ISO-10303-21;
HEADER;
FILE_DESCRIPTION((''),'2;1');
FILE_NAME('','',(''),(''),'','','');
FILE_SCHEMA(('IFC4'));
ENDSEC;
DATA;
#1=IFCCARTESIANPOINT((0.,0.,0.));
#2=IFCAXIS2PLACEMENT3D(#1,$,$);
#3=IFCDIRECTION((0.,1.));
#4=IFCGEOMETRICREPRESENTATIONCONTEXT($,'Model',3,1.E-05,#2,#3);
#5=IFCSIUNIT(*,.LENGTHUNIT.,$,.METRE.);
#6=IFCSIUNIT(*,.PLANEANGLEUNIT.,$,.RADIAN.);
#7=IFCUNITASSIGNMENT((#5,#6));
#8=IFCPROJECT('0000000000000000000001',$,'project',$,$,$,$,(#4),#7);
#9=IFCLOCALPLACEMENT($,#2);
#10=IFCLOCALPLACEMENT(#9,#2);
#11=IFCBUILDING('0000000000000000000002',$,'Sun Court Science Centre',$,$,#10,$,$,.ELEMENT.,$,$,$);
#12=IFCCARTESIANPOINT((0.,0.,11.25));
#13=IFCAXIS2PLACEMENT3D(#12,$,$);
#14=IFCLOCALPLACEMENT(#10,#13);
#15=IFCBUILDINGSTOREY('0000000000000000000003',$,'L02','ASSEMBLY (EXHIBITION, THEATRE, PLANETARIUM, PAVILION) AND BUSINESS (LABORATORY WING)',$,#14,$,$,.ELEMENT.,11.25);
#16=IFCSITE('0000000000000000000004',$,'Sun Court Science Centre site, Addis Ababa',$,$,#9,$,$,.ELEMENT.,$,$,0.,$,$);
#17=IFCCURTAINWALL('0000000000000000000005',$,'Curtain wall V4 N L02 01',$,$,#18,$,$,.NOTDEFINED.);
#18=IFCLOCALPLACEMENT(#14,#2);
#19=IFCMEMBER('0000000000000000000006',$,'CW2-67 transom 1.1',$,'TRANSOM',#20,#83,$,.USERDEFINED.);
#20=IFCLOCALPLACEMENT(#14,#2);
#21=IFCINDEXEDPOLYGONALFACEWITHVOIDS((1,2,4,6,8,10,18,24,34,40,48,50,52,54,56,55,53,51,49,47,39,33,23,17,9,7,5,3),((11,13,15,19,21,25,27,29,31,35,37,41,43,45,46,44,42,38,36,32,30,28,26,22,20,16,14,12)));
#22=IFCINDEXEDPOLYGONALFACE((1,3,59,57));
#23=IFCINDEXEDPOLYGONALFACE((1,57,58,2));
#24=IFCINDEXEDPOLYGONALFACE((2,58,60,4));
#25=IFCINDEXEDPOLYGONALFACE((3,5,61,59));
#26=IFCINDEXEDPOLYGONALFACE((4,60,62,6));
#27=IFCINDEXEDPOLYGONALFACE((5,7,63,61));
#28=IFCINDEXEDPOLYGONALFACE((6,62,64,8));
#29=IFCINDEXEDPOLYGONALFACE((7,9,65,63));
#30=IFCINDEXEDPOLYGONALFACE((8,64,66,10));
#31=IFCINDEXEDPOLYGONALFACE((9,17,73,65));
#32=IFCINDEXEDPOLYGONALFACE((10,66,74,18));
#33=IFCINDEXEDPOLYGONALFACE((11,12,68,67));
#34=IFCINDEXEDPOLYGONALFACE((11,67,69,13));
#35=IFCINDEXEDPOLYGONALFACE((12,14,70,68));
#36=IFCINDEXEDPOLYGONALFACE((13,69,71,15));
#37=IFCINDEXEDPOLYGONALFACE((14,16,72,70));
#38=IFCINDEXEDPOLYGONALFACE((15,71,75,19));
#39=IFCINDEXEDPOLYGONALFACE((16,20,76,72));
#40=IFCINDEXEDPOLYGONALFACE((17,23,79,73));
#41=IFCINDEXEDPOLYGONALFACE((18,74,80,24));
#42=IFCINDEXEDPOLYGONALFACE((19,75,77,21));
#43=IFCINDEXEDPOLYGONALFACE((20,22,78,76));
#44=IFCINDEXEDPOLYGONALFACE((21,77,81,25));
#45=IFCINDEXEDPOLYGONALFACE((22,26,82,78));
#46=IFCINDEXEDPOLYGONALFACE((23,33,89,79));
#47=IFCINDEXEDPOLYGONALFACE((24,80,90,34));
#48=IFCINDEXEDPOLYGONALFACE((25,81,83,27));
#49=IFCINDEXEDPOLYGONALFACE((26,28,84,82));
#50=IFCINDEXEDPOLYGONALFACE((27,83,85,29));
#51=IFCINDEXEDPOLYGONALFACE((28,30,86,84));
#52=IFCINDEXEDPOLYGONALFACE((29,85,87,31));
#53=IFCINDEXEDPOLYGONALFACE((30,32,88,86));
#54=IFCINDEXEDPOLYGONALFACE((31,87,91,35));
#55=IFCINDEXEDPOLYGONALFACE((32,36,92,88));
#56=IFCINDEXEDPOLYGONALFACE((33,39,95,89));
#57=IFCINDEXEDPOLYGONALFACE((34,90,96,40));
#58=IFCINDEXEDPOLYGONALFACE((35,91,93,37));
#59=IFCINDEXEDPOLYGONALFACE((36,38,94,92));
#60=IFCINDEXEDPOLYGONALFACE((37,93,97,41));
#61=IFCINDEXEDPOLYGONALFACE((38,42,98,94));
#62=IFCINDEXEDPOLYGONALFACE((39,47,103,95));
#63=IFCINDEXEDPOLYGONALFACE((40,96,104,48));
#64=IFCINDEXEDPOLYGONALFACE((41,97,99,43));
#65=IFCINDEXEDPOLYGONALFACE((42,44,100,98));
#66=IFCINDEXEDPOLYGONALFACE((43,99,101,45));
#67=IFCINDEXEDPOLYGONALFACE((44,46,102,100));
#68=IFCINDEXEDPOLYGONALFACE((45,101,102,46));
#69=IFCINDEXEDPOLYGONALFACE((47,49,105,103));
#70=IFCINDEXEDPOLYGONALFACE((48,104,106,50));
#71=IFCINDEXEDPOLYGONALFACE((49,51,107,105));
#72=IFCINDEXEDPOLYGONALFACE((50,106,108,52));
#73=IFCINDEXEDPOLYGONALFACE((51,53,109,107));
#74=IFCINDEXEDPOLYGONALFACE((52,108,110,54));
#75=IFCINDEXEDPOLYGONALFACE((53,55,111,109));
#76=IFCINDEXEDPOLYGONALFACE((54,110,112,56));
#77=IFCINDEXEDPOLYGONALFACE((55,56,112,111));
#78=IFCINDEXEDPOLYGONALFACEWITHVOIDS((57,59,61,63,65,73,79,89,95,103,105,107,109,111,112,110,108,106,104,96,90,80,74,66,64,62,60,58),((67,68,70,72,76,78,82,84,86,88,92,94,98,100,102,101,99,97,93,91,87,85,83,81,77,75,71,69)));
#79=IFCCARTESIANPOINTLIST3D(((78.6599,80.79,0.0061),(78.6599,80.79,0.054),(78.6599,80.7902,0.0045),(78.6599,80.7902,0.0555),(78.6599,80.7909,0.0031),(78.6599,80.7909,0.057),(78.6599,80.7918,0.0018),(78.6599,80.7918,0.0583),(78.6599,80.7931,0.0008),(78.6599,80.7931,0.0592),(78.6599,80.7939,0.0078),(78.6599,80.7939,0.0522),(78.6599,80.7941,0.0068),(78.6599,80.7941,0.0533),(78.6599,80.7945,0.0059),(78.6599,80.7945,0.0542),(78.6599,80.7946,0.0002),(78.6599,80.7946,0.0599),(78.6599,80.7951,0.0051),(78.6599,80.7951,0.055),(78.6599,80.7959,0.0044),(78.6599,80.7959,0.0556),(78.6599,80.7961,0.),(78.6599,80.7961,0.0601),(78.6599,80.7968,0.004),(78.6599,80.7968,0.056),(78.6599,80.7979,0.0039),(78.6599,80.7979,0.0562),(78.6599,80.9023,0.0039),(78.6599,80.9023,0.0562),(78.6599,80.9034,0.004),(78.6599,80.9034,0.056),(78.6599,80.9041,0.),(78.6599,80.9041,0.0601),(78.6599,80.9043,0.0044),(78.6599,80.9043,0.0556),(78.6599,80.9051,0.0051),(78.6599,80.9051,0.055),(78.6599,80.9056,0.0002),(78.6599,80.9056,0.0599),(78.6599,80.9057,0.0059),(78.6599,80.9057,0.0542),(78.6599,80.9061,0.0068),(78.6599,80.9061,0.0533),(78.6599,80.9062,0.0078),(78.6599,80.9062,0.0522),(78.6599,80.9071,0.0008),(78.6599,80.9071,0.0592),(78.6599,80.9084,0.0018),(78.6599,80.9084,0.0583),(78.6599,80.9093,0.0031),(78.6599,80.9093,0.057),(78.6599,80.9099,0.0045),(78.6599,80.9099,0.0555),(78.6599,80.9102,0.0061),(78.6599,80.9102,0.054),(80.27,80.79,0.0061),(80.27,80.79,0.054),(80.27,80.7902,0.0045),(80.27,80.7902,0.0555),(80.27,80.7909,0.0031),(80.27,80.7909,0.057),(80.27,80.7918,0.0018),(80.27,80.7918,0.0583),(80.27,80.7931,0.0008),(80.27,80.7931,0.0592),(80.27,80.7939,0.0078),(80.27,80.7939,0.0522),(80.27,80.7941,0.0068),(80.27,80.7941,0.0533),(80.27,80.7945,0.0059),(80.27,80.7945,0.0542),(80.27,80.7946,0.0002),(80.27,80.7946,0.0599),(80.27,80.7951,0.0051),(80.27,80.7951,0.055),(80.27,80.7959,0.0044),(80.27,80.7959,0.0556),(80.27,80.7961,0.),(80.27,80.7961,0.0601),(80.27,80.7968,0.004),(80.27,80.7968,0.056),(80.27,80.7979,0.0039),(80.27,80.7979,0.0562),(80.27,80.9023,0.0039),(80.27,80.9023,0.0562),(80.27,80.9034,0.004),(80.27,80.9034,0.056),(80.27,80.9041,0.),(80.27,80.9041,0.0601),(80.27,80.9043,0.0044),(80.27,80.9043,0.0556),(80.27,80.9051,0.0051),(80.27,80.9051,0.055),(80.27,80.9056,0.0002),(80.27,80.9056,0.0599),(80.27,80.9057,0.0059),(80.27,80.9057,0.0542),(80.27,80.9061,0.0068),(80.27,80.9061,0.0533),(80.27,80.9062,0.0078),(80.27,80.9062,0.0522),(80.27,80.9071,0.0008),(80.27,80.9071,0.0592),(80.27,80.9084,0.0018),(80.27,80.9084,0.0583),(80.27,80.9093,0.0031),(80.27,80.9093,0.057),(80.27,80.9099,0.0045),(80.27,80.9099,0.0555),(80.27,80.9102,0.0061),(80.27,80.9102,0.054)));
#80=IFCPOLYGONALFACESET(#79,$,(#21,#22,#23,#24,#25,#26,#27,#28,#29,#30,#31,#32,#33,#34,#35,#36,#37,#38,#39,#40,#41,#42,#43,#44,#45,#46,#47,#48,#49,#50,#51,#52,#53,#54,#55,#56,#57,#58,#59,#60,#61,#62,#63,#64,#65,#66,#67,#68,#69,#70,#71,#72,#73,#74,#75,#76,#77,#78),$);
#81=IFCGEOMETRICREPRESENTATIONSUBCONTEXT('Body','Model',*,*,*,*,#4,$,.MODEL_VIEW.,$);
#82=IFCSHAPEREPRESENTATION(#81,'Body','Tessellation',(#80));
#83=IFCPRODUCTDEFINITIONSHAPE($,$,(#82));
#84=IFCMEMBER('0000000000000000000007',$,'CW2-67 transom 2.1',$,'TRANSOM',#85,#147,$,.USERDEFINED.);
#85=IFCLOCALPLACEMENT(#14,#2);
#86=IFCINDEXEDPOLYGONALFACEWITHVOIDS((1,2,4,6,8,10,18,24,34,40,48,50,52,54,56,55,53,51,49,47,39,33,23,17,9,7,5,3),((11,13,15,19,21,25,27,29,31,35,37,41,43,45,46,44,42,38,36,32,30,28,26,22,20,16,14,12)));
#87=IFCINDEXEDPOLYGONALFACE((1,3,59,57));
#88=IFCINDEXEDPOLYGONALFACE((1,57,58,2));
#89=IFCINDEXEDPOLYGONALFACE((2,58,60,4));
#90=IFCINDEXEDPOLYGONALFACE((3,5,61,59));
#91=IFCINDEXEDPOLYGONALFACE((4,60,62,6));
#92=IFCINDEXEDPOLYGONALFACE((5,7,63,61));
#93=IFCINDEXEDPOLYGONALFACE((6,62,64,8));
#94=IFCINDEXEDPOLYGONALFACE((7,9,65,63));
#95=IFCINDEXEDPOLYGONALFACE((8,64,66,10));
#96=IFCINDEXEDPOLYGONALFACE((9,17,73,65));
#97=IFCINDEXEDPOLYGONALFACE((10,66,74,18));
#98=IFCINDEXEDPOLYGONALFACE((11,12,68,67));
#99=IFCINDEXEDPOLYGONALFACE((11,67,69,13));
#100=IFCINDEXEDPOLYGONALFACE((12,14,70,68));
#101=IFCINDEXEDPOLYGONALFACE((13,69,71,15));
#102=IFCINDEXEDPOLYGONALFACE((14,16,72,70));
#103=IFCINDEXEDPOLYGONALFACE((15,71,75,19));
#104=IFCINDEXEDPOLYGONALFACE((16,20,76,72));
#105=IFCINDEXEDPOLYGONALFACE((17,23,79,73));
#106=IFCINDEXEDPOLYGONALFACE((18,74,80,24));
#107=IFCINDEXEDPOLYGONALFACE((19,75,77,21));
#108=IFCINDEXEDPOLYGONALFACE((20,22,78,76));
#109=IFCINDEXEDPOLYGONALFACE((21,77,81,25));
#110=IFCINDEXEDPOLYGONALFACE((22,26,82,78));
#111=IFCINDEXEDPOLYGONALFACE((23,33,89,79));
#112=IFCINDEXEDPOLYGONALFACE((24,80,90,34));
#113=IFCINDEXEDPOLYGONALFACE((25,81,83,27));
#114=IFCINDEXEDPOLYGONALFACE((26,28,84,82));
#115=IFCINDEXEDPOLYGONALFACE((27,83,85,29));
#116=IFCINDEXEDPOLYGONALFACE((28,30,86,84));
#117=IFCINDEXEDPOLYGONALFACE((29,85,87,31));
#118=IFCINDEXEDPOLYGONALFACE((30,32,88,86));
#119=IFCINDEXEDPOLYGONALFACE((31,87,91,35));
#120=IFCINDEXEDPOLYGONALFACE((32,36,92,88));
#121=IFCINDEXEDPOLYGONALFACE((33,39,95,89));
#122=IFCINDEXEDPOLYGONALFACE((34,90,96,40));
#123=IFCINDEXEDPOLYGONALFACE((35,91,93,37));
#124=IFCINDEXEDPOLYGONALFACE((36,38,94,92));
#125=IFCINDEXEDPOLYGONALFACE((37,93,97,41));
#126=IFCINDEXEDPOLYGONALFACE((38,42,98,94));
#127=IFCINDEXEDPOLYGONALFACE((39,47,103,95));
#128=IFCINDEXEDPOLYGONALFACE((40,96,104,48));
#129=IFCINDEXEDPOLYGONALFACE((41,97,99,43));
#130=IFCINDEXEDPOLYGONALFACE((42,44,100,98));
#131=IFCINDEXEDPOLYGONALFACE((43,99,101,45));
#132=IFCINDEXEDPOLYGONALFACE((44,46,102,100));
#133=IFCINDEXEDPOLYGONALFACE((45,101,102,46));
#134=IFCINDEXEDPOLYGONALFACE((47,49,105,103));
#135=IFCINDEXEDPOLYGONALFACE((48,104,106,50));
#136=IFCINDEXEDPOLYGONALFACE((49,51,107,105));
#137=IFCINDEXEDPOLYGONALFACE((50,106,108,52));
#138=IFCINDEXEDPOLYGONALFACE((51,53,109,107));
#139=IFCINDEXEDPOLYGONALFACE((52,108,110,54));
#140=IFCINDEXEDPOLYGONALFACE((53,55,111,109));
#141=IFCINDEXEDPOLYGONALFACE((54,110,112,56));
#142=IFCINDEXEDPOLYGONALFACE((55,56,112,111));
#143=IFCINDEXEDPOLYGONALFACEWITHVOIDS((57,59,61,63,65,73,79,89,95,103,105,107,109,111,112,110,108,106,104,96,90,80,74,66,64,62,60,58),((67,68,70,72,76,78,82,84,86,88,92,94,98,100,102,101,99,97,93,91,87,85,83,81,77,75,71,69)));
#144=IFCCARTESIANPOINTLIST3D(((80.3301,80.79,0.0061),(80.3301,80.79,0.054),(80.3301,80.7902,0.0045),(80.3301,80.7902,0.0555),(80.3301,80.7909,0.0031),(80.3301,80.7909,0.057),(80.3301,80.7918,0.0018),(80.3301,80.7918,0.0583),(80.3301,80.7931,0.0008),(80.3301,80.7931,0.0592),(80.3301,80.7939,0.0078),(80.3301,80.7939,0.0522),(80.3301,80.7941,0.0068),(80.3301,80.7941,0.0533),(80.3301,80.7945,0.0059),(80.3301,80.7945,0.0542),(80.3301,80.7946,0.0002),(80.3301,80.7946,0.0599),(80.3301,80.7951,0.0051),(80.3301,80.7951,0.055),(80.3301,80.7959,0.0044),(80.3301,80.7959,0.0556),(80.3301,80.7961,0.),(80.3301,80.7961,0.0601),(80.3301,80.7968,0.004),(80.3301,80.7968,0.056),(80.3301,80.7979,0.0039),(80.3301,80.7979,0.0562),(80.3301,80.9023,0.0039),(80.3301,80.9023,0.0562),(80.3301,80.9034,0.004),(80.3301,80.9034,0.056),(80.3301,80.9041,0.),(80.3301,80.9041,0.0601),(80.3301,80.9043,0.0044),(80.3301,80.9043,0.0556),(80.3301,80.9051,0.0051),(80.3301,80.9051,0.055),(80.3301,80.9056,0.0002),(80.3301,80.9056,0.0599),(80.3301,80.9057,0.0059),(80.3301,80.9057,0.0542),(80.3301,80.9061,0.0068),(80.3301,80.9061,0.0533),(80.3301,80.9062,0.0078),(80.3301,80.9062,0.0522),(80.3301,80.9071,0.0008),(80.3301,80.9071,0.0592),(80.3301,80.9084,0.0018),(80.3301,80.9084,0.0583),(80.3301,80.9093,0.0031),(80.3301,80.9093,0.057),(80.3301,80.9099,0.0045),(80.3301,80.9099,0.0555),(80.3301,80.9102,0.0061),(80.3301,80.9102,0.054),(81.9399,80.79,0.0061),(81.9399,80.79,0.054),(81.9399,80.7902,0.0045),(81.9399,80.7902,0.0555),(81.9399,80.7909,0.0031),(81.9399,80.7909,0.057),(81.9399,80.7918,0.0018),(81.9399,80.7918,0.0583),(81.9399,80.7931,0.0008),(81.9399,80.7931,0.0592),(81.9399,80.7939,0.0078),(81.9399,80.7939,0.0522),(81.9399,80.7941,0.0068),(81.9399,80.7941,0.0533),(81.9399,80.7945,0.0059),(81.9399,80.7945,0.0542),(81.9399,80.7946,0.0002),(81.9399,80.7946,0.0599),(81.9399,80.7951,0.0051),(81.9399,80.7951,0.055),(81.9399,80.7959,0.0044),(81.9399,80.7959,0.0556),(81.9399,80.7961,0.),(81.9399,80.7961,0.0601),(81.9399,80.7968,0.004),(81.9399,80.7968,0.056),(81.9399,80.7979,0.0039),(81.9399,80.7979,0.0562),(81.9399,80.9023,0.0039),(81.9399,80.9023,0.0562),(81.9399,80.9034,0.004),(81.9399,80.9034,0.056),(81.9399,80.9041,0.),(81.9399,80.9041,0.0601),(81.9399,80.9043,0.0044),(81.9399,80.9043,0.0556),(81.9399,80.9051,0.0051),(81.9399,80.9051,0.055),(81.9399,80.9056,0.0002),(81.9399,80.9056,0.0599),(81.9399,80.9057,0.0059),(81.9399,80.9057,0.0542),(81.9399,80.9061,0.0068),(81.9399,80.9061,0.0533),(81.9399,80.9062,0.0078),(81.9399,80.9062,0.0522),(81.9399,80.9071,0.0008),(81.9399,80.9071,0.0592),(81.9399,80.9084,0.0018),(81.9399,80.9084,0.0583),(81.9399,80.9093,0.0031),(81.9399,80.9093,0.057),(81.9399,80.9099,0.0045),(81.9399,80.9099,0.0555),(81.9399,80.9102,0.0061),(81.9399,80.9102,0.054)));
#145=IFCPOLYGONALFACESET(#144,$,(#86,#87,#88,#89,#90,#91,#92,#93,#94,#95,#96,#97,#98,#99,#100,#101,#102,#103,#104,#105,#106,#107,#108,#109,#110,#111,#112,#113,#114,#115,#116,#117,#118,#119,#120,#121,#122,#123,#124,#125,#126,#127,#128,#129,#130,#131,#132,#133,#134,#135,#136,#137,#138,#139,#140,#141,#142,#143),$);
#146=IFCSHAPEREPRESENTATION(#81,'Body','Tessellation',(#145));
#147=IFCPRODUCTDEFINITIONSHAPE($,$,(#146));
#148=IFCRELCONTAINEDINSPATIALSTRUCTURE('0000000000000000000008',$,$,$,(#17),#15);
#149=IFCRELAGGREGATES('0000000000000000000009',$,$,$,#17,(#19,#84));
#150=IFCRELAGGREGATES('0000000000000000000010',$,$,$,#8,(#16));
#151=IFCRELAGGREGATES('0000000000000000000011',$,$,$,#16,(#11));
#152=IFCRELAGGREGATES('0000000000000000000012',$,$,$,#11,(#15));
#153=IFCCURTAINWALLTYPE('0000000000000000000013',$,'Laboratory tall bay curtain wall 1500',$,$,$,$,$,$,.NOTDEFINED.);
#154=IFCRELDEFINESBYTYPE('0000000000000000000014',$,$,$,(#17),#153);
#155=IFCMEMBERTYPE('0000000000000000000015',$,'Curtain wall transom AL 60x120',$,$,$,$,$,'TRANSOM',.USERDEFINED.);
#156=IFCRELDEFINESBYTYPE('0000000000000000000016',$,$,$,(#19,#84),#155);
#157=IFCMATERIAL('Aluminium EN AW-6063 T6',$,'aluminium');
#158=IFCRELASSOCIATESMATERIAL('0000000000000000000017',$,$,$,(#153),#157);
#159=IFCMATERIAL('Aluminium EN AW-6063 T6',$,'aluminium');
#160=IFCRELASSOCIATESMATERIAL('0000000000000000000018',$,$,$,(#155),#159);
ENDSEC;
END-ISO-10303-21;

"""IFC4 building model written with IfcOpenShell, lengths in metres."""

from ifc_helpers import new_model, si_unit, direction, frame, origin, origin_2d, place, context, subcontext, project, spatial, hollow_rectangle, extrude, material, material_profile, profile_set, type_object, element, aggregate, save


model = new_model("IFC4")

# Units and contexts
model_context = context("Model", 3, precision=1e-05, world=origin(), true_north=direction((0.0, 1.0)))
body_context = subcontext(model_context, "Body", "Model", "MODEL_VIEW")
ifc_project = project(units=[si_unit("LENGTHUNIT", "METRE"), si_unit("PLANEANGLEUNIT", "RADIAN")], contexts=[model_context])

# Site, building, storey
site_placement = place(None, origin())
site = spatial("IfcSite", under=ifc_project, at=site_placement, Name="Sun Court Science Centre site, Addis Ababa", CompositionType="ELEMENT", RefElevation=0.0)
building_placement = place(site_placement, origin())
building = spatial("IfcBuilding", under=site, at=building_placement, Name="Sun Court Science Centre", CompositionType="ELEMENT")
storey_placement = place(building_placement, frame((0.0, 0.0, 11.25)))
storey = spatial("IfcBuildingStorey", under=building, at=storey_placement, Name="L02", Description="ASSEMBLY (EXHIBITION, THEATRE, PLANETARIUM, PAVILION) AND BUSINESS (LABORATORY WING)", CompositionType="ELEMENT", Elevation=11.25)

# Curtain wall
ifc_material_1 = material(Name="Aluminium EN AW-6063 T6", Category="aluminium")
curtain_wall_type = type_object("IfcCurtainWallType", Name="Laboratory tall bay curtain wall 1500", PredefinedType="NOTDEFINED", material=ifc_material_1)
curtain_wall_1_placement = place(storey_placement, origin())
curtain_wall_1 = element("IfcCurtainWall", 1, at=curtain_wall_1_placement, inside=storey, type_object=curtain_wall_type, Name="Curtain wall V4 N L02 01", PredefinedType="NOTDEFINED")

# Members
ifc_material_2 = material(Name="Aluminium EN AW-6063 T6", Category="aluminium")
ifc_material_profile_1 = material_profile(ifc_material_2, hollow_rectangle(XDim=0.0601, YDim=0.1201, WallThickness=0.0039, InnerFilletRadius=0.0039, OuterFilletRadius=0.0061, at=origin_2d()), Name="AL 60x120x4")
ifc_profile_set_1 = profile_set([ifc_material_profile_1], Name="Aluminium EN AW-6063 T6")
member_type_1 = type_object("IfcMemberType", Name="Curtain wall transom AL 60x120", ElementType="TRANSOM", PredefinedType="USERDEFINED", material=ifc_profile_set_1)
member_1_placement = place(storey_placement, frame((78.6599, 80.8501, 0.03), z_axis=(1.0, 0.0, 0.0), x_axis=(0.0, 0.0, 1.0)))
member_1 = element("IfcMember", 2, at=member_1_placement, type_object=member_type_1, Name="CW2-67 transom 1.1", ObjectType="TRANSOM", PredefinedType="USERDEFINED", context=body_context, shape_type="SweptSolid", body=[
    extrude(hollow_rectangle(XDim=0.0601, YDim=0.1201, WallThickness=0.0039, InnerFilletRadius=0.0039, OuterFilletRadius=0.0061, at=origin_2d()), origin(), (0.0, 0.0, 1.0), 1.6101),
])
member_2_placement = place(storey_placement, frame((80.3301, 80.8501, 0.03), z_axis=(1.0, 0.0, 0.0), x_axis=(0.0, 0.0, 1.0)))
member_2 = element("IfcMember", 3, at=member_2_placement, type_object=member_type_1, Name="CW2-67 transom 2.1", ObjectType="TRANSOM", PredefinedType="USERDEFINED", context=body_context, shape_type="SweptSolid", body=[
    extrude(hollow_rectangle(XDim=0.0601, YDim=0.1201, WallThickness=0.0039, InnerFilletRadius=0.0039, OuterFilletRadius=0.0061, at=origin_2d()), origin(), (0.0, 0.0, 1.0), 1.6099),
])

aggregate(curtain_wall_1, [member_1, member_2])

save(model, "model.ifc")
